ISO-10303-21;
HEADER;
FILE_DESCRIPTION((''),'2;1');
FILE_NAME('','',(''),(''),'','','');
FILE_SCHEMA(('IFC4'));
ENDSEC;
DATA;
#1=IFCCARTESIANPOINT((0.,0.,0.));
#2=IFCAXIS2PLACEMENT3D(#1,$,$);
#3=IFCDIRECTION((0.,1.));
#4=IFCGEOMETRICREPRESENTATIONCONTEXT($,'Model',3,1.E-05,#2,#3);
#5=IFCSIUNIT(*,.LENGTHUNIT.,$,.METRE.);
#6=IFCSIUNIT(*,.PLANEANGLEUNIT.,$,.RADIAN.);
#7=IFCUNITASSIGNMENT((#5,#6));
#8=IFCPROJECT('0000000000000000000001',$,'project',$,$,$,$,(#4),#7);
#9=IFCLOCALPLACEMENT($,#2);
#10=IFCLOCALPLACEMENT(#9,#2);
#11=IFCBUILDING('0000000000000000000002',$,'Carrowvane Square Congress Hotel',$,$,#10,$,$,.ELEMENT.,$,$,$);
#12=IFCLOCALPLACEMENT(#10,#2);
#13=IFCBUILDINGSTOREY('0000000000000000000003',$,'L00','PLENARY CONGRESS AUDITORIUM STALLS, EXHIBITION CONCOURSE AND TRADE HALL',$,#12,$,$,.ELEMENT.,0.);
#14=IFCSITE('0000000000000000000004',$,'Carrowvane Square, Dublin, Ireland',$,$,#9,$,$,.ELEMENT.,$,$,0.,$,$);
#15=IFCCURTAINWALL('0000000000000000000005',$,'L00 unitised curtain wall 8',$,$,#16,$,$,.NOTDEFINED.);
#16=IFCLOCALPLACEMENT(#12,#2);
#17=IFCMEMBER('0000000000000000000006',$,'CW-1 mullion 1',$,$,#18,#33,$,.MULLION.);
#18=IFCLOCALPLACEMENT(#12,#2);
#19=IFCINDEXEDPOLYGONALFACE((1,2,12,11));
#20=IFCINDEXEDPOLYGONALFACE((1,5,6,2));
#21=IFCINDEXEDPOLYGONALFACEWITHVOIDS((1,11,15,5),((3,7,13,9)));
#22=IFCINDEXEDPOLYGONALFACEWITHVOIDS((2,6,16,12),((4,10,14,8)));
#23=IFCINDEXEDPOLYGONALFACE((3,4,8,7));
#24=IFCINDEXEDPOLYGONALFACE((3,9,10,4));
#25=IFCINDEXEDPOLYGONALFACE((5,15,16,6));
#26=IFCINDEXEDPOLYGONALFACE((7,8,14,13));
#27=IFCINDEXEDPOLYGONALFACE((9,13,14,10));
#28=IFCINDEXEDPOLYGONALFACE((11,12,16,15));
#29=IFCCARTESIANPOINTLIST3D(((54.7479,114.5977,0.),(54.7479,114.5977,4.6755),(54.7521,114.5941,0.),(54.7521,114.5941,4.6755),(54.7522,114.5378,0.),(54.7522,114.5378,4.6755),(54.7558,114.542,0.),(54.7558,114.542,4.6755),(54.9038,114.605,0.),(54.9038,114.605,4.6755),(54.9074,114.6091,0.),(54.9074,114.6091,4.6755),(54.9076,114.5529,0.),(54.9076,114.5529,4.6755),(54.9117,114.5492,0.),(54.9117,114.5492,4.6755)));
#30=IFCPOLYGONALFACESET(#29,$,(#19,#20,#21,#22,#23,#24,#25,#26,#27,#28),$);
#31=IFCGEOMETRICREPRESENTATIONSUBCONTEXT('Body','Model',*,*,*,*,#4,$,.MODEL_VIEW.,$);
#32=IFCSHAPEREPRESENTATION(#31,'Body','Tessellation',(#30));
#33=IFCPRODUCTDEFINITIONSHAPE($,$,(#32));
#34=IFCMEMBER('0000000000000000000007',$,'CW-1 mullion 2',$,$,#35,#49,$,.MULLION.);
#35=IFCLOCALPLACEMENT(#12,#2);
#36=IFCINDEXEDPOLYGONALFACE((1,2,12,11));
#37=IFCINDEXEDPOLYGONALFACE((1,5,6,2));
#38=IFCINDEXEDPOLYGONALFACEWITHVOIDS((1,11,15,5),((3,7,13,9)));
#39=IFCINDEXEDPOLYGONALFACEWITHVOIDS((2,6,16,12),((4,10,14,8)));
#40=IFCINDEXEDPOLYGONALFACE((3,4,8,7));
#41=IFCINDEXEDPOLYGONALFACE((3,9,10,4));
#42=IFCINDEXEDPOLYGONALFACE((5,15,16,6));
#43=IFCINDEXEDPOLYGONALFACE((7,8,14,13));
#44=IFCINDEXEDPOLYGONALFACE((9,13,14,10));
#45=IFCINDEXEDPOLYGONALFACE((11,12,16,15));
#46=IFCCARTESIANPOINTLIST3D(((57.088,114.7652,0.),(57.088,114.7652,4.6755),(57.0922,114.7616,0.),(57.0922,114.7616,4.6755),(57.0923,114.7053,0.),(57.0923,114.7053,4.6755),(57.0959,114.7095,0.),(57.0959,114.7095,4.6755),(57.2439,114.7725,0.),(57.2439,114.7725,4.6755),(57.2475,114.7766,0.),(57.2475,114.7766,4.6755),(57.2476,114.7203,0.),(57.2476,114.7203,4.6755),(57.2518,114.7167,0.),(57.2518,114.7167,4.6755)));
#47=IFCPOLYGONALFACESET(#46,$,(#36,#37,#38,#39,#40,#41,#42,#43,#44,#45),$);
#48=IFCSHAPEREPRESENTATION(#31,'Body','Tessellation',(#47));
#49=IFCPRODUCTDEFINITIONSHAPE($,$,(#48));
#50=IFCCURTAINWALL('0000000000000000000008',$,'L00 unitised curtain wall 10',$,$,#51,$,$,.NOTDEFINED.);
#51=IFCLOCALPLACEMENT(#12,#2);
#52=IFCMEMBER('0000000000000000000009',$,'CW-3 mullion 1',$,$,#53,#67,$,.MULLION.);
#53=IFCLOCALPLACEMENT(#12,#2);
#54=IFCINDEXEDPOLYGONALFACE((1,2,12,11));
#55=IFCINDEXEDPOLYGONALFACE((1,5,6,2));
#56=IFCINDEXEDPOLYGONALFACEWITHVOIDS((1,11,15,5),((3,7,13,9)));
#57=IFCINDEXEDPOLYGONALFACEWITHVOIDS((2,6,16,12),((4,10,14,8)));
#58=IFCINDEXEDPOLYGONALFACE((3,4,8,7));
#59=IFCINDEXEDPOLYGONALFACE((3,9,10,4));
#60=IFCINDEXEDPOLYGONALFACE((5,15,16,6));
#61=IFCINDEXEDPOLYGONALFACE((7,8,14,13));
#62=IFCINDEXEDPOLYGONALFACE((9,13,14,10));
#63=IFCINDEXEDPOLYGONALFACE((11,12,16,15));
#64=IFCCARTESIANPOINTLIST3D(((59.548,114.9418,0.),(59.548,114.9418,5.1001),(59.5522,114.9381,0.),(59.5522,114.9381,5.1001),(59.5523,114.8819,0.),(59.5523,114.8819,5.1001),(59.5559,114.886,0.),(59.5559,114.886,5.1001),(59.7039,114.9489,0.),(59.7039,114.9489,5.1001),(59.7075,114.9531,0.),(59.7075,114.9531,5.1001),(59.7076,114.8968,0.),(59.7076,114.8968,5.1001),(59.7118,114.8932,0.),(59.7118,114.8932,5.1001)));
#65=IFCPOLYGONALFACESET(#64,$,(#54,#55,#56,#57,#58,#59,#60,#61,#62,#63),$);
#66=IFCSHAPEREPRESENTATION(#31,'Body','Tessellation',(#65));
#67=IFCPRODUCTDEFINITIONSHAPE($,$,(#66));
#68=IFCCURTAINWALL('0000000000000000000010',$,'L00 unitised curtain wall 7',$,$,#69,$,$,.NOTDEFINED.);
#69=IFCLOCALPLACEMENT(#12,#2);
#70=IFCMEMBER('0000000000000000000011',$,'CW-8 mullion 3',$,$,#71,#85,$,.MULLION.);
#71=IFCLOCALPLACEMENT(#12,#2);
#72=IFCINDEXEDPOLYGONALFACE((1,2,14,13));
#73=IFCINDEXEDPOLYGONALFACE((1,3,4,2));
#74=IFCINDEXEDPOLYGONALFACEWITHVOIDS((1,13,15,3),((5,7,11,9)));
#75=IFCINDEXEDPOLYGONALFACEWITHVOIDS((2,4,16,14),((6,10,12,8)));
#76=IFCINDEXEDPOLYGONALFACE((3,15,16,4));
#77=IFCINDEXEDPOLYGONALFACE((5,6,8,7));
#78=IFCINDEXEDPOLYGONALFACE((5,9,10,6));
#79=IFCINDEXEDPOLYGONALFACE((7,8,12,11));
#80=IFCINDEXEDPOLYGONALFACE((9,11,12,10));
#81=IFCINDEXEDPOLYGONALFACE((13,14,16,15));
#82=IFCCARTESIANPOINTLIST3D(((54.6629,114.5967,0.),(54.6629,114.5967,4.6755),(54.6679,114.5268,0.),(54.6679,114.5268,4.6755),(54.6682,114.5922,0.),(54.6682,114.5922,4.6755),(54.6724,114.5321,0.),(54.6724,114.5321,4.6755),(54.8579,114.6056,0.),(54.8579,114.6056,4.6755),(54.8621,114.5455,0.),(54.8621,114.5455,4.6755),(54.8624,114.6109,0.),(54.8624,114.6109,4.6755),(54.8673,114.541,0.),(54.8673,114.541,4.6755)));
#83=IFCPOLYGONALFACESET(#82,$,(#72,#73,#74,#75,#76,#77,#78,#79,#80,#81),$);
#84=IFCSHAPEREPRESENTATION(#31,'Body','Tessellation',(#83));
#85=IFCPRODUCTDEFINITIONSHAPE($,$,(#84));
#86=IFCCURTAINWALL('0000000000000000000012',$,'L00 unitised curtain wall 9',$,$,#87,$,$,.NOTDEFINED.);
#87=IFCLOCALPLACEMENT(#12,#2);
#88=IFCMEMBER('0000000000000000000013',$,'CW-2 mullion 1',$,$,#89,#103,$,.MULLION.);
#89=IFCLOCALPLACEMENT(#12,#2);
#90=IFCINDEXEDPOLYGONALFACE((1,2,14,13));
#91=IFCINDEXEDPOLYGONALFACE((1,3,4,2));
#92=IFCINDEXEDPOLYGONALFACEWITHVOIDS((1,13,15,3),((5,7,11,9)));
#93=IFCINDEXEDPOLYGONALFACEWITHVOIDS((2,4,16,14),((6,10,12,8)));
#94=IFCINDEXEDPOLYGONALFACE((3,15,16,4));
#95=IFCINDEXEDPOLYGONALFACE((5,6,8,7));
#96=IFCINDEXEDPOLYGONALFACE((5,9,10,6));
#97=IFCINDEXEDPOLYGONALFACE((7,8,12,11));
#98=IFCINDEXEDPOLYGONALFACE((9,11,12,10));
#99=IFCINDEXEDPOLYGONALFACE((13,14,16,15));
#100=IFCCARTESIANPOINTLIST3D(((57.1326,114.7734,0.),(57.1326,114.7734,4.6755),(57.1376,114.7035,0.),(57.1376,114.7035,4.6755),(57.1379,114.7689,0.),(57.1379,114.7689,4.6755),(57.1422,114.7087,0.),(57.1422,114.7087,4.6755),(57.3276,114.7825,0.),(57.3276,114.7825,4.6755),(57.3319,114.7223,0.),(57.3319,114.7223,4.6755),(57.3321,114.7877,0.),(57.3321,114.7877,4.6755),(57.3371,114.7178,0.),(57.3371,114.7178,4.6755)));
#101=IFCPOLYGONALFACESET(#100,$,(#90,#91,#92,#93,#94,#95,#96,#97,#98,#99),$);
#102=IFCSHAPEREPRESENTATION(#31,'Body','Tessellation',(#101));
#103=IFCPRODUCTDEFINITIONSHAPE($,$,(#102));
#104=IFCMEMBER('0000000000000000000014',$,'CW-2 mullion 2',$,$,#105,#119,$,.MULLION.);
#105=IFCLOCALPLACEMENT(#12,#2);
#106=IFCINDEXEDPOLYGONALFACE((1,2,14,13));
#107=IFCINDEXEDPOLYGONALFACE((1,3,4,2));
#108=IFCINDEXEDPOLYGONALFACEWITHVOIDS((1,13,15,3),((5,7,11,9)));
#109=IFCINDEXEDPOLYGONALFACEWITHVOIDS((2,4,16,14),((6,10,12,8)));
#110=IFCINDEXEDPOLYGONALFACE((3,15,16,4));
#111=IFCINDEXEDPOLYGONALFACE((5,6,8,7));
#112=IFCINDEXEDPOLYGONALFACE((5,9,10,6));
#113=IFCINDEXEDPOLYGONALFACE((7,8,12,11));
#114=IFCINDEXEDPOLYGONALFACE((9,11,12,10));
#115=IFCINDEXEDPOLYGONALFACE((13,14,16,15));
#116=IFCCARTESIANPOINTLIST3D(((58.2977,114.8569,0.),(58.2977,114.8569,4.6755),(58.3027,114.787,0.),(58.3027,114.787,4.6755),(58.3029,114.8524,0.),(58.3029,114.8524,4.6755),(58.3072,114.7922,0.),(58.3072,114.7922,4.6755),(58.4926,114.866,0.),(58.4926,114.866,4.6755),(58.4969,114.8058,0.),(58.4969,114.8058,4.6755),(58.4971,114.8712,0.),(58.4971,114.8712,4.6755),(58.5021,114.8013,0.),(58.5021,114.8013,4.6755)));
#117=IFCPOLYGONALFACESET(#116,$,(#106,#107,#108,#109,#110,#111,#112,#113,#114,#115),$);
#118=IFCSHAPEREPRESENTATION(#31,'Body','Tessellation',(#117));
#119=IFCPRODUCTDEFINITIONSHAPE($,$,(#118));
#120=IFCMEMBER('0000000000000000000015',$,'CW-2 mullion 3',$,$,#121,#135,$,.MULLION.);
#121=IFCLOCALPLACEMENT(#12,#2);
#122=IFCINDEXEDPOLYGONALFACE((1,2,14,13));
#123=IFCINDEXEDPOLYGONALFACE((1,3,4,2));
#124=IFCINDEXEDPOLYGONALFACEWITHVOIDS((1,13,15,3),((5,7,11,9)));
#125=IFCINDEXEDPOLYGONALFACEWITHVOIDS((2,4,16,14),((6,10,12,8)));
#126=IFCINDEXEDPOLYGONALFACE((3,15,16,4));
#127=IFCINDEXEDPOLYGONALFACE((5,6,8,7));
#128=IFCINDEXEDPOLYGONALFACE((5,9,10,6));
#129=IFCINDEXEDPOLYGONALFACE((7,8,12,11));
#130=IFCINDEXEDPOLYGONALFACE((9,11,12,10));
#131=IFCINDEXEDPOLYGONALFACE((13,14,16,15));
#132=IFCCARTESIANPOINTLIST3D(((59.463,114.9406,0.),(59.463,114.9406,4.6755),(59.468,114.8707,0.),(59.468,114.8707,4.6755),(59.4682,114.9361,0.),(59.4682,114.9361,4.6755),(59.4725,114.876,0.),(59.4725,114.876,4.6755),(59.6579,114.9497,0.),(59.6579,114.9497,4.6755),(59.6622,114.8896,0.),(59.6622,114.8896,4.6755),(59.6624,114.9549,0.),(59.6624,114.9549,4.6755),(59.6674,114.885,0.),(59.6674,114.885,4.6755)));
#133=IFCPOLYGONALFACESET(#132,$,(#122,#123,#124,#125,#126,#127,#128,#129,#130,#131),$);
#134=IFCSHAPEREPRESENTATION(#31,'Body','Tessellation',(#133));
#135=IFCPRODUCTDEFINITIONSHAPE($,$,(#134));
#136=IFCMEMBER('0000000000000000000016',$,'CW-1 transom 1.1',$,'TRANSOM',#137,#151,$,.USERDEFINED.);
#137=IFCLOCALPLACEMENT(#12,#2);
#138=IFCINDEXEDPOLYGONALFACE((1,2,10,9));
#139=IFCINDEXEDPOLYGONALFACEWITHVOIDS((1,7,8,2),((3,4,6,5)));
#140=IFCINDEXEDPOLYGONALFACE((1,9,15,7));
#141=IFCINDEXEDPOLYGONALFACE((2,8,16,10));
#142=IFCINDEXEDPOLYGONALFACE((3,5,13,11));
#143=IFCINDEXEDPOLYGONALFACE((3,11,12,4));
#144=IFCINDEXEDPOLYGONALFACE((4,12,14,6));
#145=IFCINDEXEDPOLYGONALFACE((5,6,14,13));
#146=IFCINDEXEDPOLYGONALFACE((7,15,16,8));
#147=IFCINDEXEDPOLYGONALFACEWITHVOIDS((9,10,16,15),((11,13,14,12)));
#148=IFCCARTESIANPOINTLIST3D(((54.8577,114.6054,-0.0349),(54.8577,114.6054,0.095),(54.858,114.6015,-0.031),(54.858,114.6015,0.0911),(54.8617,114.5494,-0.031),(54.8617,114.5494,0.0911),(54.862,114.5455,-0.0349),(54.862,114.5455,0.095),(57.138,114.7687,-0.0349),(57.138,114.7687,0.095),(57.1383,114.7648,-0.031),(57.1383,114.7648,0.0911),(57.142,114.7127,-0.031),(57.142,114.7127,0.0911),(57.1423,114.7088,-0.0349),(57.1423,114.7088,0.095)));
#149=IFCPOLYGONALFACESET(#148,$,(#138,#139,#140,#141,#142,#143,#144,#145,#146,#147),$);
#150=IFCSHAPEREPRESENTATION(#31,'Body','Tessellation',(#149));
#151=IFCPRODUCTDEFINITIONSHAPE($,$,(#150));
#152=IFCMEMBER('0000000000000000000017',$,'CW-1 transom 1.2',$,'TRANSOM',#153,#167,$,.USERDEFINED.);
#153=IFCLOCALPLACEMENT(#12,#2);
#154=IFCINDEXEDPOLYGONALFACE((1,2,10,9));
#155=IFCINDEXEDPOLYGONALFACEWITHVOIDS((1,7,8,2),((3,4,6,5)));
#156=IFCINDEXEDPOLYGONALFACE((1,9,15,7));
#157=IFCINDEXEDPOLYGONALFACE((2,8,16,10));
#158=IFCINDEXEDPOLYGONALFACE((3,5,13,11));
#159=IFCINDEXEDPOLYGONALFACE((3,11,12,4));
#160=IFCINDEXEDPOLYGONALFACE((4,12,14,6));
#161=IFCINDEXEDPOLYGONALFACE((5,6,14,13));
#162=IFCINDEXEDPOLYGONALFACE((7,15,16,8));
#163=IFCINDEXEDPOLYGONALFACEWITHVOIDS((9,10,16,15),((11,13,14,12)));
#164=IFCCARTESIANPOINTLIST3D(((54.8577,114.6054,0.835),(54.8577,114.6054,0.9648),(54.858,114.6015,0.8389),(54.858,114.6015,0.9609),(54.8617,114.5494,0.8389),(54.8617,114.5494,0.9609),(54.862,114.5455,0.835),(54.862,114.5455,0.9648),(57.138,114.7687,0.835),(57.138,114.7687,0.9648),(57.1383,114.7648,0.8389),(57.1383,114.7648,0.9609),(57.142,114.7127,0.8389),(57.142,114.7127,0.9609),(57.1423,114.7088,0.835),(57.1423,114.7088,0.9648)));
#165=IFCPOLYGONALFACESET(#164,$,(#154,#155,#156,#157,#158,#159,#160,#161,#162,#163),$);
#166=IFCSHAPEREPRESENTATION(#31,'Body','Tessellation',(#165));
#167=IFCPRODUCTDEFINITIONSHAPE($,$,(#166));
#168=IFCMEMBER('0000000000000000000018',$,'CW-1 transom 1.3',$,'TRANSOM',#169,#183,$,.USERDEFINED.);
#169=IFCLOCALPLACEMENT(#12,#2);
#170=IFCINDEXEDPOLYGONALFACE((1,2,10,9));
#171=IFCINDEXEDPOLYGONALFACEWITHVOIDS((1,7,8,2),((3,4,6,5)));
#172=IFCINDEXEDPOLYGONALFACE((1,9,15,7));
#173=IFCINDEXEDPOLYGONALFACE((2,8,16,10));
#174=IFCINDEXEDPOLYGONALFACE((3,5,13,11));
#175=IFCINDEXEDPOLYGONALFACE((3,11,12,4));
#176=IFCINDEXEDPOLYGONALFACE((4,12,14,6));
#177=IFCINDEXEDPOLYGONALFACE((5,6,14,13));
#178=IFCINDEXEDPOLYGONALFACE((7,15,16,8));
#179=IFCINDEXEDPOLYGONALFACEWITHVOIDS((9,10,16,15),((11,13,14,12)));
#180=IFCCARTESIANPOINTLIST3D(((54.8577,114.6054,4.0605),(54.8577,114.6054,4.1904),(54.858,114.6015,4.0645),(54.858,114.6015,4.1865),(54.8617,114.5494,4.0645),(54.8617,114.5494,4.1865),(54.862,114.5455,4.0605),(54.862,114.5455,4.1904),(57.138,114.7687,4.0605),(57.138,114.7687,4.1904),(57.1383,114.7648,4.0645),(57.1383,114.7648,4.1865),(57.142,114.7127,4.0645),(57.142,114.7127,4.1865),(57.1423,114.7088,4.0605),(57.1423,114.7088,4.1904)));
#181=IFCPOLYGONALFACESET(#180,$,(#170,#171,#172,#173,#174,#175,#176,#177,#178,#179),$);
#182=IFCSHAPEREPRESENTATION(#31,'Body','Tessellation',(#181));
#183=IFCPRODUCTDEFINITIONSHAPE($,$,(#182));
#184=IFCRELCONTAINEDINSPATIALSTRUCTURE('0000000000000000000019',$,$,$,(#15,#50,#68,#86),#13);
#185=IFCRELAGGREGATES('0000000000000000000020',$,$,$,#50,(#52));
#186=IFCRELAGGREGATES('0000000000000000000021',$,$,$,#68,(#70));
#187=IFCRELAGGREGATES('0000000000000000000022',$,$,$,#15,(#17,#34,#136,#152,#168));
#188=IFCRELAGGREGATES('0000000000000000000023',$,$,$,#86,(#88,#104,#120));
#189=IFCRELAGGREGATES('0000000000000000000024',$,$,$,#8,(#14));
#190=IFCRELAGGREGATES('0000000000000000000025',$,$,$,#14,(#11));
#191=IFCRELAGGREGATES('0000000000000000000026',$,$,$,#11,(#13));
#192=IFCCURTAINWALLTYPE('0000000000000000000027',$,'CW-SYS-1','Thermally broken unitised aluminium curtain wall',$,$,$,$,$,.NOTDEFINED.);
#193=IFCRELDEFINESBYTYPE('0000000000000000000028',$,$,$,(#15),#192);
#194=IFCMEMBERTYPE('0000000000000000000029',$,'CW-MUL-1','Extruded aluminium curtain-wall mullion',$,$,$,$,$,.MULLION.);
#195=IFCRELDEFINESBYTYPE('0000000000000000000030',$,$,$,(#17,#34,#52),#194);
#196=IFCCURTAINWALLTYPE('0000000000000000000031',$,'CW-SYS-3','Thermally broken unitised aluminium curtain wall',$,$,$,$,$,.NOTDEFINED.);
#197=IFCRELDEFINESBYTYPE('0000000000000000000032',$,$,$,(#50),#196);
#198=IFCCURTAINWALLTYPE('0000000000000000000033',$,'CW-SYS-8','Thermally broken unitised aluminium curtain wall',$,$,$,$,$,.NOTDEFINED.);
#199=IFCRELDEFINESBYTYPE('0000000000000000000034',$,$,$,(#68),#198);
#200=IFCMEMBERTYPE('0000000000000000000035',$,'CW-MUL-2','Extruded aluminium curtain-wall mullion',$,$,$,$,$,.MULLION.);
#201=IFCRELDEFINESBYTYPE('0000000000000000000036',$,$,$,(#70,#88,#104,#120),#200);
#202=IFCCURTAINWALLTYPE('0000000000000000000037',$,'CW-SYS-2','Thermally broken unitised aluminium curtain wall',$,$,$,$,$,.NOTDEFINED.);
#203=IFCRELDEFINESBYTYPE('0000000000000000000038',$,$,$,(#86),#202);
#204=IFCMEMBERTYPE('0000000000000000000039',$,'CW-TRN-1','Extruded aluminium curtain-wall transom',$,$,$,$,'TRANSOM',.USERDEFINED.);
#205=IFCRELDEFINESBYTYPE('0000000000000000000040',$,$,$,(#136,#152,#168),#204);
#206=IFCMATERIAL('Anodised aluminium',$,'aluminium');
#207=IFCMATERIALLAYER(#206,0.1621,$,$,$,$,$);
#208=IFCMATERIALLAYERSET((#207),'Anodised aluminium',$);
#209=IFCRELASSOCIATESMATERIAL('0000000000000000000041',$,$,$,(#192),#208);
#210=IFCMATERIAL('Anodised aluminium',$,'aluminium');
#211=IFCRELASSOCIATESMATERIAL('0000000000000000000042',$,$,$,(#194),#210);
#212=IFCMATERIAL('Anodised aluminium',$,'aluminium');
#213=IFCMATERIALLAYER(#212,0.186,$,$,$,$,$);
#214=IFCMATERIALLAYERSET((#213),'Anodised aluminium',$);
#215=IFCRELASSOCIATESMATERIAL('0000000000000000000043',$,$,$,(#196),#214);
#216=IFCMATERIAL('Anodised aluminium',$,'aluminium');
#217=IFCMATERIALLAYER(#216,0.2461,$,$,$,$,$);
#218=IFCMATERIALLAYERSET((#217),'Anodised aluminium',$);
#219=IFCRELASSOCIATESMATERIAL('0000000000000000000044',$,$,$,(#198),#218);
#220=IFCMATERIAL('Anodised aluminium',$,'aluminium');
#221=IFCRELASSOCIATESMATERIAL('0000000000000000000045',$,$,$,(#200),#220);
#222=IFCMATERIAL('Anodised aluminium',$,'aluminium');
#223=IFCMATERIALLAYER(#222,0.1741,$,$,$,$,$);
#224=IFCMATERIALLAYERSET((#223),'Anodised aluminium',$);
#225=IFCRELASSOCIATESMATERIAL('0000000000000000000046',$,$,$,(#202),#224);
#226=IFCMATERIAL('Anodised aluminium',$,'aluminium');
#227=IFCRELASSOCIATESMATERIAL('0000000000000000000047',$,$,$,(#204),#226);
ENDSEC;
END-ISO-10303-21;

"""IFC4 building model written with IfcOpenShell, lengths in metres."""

from ifc_helpers import new_model, si_unit, direction, frame, origin, origin_2d, place, context, subcontext, project, spatial, hollow_rectangle, extrude, material, layer, layer_set, material_profile, profile_set, type_object, element, aggregate, save


model = new_model("IFC4")

# Units and contexts
model_context = context("Model", 3, precision=1e-05, world=origin(), true_north=direction((0.0, 1.0)))
body_context = subcontext(model_context, "Body", "Model", "MODEL_VIEW")
ifc_project = project(units=[si_unit("LENGTHUNIT", "METRE"), si_unit("PLANEANGLEUNIT", "RADIAN")], contexts=[model_context])

# Site, building, storey
site_placement = place(None, origin())
site = spatial("IfcSite", under=ifc_project, at=site_placement, Name="Carrowvane Square, Dublin, Ireland", CompositionType="ELEMENT", RefElevation=0.0)
building_placement = place(site_placement, origin())
building = spatial("IfcBuilding", under=site, at=building_placement, Name="Carrowvane Square Congress Hotel", CompositionType="ELEMENT")
storey_placement = place(building_placement, origin())
storey = spatial("IfcBuildingStorey", under=building, at=storey_placement, Name="L00", Description="PLENARY CONGRESS AUDITORIUM STALLS, EXHIBITION CONCOURSE AND TRADE HALL", CompositionType="ELEMENT", Elevation=0.0)

# Curtain wall, members
ifc_material_1 = material(Name="Anodised aluminium", Category="aluminium")
ifc_layer_1 = layer(ifc_material_1, 0.1621)
ifc_layer_set_1 = layer_set([ifc_layer_1], Name="Anodised aluminium")
curtain_wall_type_1 = type_object("IfcCurtainWallType", Name="CW-SYS-1", Description="Thermally broken unitised aluminium curtain wall", PredefinedType="NOTDEFINED", material=ifc_layer_set_1)
curtain_wall_1_placement = place(storey_placement, origin())
curtain_wall_1 = element("IfcCurtainWall", 1, at=curtain_wall_1_placement, inside=storey, type_object=curtain_wall_type_1, Name="L00 unitised curtain wall 8", PredefinedType="NOTDEFINED")
ifc_material_2 = material(Name="Anodised aluminium", Category="aluminium")
ifc_material_profile_1 = material_profile(ifc_material_2, hollow_rectangle(XDim=0.0601, YDim=0.1599, WallThickness=0.0039, at=origin_2d()), Name="CW-ML 60x160x4")
ifc_profile_set_1 = profile_set([ifc_material_profile_1], Name="Anodised aluminium")
member_type_1 = type_object("IfcMemberType", Name="CW-MUL-1", Description="Extruded aluminium curtain-wall mullion", PredefinedType="MULLION", material=ifc_profile_set_1)
member_1_placement = place(storey_placement, frame((54.8298, 114.5735, 0.0), z_axis=(0.0, 0.0, 1.0), x_axis=(-0.071418, 0.997446, 0.0)))
member_1 = element("IfcMember", 2, at=member_1_placement, type_object=member_type_1, Name="CW-1 mullion 1", PredefinedType="MULLION", context=body_context, shape_type="SweptSolid", body=[
    extrude(hollow_rectangle(XDim=0.0601, YDim=0.1599, WallThickness=0.0039, at=origin_2d()), origin(), (0.0, 0.0, 1.0), 4.6755),
])
member_2_placement = place(storey_placement, frame((57.1699, 114.741, 0.0), z_axis=(0.0, 0.0, 1.0), x_axis=(-0.071418, 0.997446, 0.0)))
member_2 = element("IfcMember", 3, at=member_2_placement, type_object=member_type_1, Name="CW-1 mullion 2", PredefinedType="MULLION", context=body_context, shape_type="SweptSolid", body=[
    extrude(hollow_rectangle(XDim=0.0601, YDim=0.1599, WallThickness=0.0039, at=origin_2d()), origin(), (0.0, 0.0, 1.0), 4.6755),
])

# Curtain walls, members
ifc_material_3 = material(Name="Anodised aluminium", Category="aluminium")
ifc_layer_2 = layer(ifc_material_3, 0.186)
ifc_layer_set_2 = layer_set([ifc_layer_2], Name="Anodised aluminium")
curtain_wall_type_2 = type_object("IfcCurtainWallType", Name="CW-SYS-3", Description="Thermally broken unitised aluminium curtain wall", PredefinedType="NOTDEFINED", material=ifc_layer_set_2)
curtain_wall_2_placement = place(storey_placement, origin())
curtain_wall_2 = element("IfcCurtainWall", 4, at=curtain_wall_2_placement, inside=storey, type_object=curtain_wall_type_2, Name="L00 unitised curtain wall 10", PredefinedType="NOTDEFINED")
member_3_placement = place(storey_placement, frame((59.6299, 114.9175, 0.0), z_axis=(0.0, 0.0, 1.0), x_axis=(-0.07096, 0.997479, 0.0)))
member_3 = element("IfcMember", 5, at=member_3_placement, type_object=member_type_1, Name="CW-3 mullion 1", PredefinedType="MULLION", context=body_context, shape_type="SweptSolid", body=[
    extrude(hollow_rectangle(XDim=0.0601, YDim=0.1599, WallThickness=0.0039, at=origin_2d()), origin(), (0.0, 0.0, 1.0), 5.1001),
])
ifc_material_4 = material(Name="Anodised aluminium", Category="aluminium")
ifc_layer_3 = layer(ifc_material_4, 0.2461)
ifc_layer_set_3 = layer_set([ifc_layer_3], Name="Anodised aluminium")
curtain_wall_type_3 = type_object("IfcCurtainWallType", Name="CW-SYS-8", Description="Thermally broken unitised aluminium curtain wall", PredefinedType="NOTDEFINED", material=ifc_layer_set_3)
curtain_wall_3_placement = place(storey_placement, origin())
curtain_wall_3 = element("IfcCurtainWall", 6, at=curtain_wall_3_placement, inside=storey, type_object=curtain_wall_type_3, Name="L00 unitised curtain wall 7", PredefinedType="NOTDEFINED")
ifc_material_5 = material(Name="Anodised aluminium", Category="aluminium")
ifc_material_profile_2 = material_profile(ifc_material_5, hollow_rectangle(XDim=0.0701, YDim=0.2, WallThickness=0.0049, at=origin_2d()), Name="CW-ML 70x200x5")
ifc_profile_set_2 = profile_set([ifc_material_profile_2], Name="Anodised aluminium")
member_type_2 = type_object("IfcMemberType", Name="CW-MUL-2", Description="Extruded aluminium curtain-wall mullion", PredefinedType="MULLION", material=ifc_profile_set_2)
member_4_placement = place(storey_placement, frame((54.7651, 114.5688, 0.0), z_axis=(0.0, 0.0, 1.0), x_axis=(-0.070586, 0.997506, 0.0)))
member_4 = element("IfcMember", 7, at=member_4_placement, type_object=member_type_2, Name="CW-8 mullion 3", PredefinedType="MULLION", context=body_context, shape_type="SweptSolid", body=[
    extrude(hollow_rectangle(XDim=0.0701, YDim=0.2, WallThickness=0.0049, at=origin_2d()), origin(), (0.0, 0.0, 1.0), 4.6755),
])

# Curtain wall, members
ifc_material_6 = material(Name="Anodised aluminium", Category="aluminium")
ifc_layer_4 = layer(ifc_material_6, 0.1741)
ifc_layer_set_4 = layer_set([ifc_layer_4], Name="Anodised aluminium")
curtain_wall_type_4 = type_object("IfcCurtainWallType", Name="CW-SYS-2", Description="Thermally broken unitised aluminium curtain wall", PredefinedType="NOTDEFINED", material=ifc_layer_set_4)
curtain_wall_4_placement = place(storey_placement, origin())
curtain_wall_4 = element("IfcCurtainWall", 8, at=curtain_wall_4_placement, inside=storey, type_object=curtain_wall_type_4, Name="L00 unitised curtain wall 9", PredefinedType="NOTDEFINED")
member_5_placement = place(storey_placement, frame((57.2349, 114.7456, 0.0), z_axis=(0.0, 0.0, 1.0), x_axis=(-0.071532, 0.997438, 0.0)))
member_5 = element("IfcMember", 9, at=member_5_placement, type_object=member_type_2, Name="CW-2 mullion 1", PredefinedType="MULLION", context=body_context, shape_type="SweptSolid", body=[
    extrude(hollow_rectangle(XDim=0.0701, YDim=0.2, WallThickness=0.0049, at=origin_2d()), origin(), (0.0, 0.0, 1.0), 4.6755),
])
member_6_placement = place(storey_placement, frame((58.3999, 114.8291, 0.0), z_axis=(0.0, 0.0, 1.0), x_axis=(-0.071532, 0.997438, 0.0)))
member_6 = element("IfcMember", 10, at=member_6_placement, type_object=member_type_2, Name="CW-2 mullion 2", PredefinedType="MULLION", context=body_context, shape_type="SweptSolid", body=[
    extrude(hollow_rectangle(XDim=0.0701, YDim=0.2, WallThickness=0.0049, at=origin_2d()), origin(), (0.0, 0.0, 1.0), 4.6755),
])
member_7_placement = place(storey_placement, frame((59.5652, 114.9128, 0.0), z_axis=(0.0, 0.0, 1.0), x_axis=(-0.071532, 0.997438, 0.0)))
member_7 = element("IfcMember", 11, at=member_7_placement, type_object=member_type_2, Name="CW-2 mullion 3", PredefinedType="MULLION", context=body_context, shape_type="SweptSolid", body=[
    extrude(hollow_rectangle(XDim=0.0701, YDim=0.2, WallThickness=0.0049, at=origin_2d()), origin(), (0.0, 0.0, 1.0), 4.6755),
])

# Members
ifc_material_7 = material(Name="Anodised aluminium", Category="aluminium")
ifc_material_profile_3 = material_profile(ifc_material_7, hollow_rectangle(XDim=0.0601, YDim=0.1299, WallThickness=0.0039, at=origin_2d()), Name="CW-TR 60x130x4")
ifc_profile_set_3 = profile_set([ifc_material_profile_3], Name="Anodised aluminium")
member_type_3 = type_object("IfcMemberType", Name="CW-TRN-1", Description="Extruded aluminium curtain-wall transom", ElementType="TRANSOM", PredefinedType="USERDEFINED", material=ifc_profile_set_3)
member_8_placement = place(storey_placement, frame((54.8599, 114.5754, 0.03), z_axis=(0.997445, 0.071444, 0.0), x_axis=(-0.071444, 0.997445, 0.0)))
member_8 = element("IfcMember", 12, at=member_8_placement, type_object=member_type_3, Name="CW-1 transom 1.1", ObjectType="TRANSOM", PredefinedType="USERDEFINED", context=body_context, shape_type="SweptSolid", body=[
    extrude(hollow_rectangle(XDim=0.0601, YDim=0.1299, WallThickness=0.0039, at=origin_2d()), origin(), (0.0, 0.0, 1.0), 2.2861),
])
member_9_placement = place(storey_placement, frame((54.8599, 114.5754, 0.8999), z_axis=(0.997445, 0.071444, 0.0), x_axis=(-0.071444, 0.997445, 0.0)))
member_9 = element("IfcMember", 13, at=member_9_placement, type_object=member_type_3, Name="CW-1 transom 1.2", ObjectType="TRANSOM", PredefinedType="USERDEFINED", context=body_context, shape_type="SweptSolid", body=[
    extrude(hollow_rectangle(XDim=0.0601, YDim=0.1299, WallThickness=0.0039, at=origin_2d()), origin(), (0.0, 0.0, 1.0), 2.2861),
])
member_10_placement = place(storey_placement, frame((54.8599, 114.5754, 4.1255), z_axis=(0.997445, 0.071444, 0.0), x_axis=(-0.071444, 0.997445, 0.0)))
member_10 = element("IfcMember", 14, at=member_10_placement, type_object=member_type_3, Name="CW-1 transom 1.3", ObjectType="TRANSOM", PredefinedType="USERDEFINED", context=body_context, shape_type="SweptSolid", body=[
    extrude(hollow_rectangle(XDim=0.0601, YDim=0.1299, WallThickness=0.0039, at=origin_2d()), origin(), (0.0, 0.0, 1.0), 2.2861),
])

aggregate(curtain_wall_2, [member_3])
aggregate(curtain_wall_3, [member_4])
aggregate(curtain_wall_1, [member_1, member_2, member_8, member_9, member_10])
aggregate(curtain_wall_4, [member_5, member_6, member_7])

save(model, "model.ifc")
